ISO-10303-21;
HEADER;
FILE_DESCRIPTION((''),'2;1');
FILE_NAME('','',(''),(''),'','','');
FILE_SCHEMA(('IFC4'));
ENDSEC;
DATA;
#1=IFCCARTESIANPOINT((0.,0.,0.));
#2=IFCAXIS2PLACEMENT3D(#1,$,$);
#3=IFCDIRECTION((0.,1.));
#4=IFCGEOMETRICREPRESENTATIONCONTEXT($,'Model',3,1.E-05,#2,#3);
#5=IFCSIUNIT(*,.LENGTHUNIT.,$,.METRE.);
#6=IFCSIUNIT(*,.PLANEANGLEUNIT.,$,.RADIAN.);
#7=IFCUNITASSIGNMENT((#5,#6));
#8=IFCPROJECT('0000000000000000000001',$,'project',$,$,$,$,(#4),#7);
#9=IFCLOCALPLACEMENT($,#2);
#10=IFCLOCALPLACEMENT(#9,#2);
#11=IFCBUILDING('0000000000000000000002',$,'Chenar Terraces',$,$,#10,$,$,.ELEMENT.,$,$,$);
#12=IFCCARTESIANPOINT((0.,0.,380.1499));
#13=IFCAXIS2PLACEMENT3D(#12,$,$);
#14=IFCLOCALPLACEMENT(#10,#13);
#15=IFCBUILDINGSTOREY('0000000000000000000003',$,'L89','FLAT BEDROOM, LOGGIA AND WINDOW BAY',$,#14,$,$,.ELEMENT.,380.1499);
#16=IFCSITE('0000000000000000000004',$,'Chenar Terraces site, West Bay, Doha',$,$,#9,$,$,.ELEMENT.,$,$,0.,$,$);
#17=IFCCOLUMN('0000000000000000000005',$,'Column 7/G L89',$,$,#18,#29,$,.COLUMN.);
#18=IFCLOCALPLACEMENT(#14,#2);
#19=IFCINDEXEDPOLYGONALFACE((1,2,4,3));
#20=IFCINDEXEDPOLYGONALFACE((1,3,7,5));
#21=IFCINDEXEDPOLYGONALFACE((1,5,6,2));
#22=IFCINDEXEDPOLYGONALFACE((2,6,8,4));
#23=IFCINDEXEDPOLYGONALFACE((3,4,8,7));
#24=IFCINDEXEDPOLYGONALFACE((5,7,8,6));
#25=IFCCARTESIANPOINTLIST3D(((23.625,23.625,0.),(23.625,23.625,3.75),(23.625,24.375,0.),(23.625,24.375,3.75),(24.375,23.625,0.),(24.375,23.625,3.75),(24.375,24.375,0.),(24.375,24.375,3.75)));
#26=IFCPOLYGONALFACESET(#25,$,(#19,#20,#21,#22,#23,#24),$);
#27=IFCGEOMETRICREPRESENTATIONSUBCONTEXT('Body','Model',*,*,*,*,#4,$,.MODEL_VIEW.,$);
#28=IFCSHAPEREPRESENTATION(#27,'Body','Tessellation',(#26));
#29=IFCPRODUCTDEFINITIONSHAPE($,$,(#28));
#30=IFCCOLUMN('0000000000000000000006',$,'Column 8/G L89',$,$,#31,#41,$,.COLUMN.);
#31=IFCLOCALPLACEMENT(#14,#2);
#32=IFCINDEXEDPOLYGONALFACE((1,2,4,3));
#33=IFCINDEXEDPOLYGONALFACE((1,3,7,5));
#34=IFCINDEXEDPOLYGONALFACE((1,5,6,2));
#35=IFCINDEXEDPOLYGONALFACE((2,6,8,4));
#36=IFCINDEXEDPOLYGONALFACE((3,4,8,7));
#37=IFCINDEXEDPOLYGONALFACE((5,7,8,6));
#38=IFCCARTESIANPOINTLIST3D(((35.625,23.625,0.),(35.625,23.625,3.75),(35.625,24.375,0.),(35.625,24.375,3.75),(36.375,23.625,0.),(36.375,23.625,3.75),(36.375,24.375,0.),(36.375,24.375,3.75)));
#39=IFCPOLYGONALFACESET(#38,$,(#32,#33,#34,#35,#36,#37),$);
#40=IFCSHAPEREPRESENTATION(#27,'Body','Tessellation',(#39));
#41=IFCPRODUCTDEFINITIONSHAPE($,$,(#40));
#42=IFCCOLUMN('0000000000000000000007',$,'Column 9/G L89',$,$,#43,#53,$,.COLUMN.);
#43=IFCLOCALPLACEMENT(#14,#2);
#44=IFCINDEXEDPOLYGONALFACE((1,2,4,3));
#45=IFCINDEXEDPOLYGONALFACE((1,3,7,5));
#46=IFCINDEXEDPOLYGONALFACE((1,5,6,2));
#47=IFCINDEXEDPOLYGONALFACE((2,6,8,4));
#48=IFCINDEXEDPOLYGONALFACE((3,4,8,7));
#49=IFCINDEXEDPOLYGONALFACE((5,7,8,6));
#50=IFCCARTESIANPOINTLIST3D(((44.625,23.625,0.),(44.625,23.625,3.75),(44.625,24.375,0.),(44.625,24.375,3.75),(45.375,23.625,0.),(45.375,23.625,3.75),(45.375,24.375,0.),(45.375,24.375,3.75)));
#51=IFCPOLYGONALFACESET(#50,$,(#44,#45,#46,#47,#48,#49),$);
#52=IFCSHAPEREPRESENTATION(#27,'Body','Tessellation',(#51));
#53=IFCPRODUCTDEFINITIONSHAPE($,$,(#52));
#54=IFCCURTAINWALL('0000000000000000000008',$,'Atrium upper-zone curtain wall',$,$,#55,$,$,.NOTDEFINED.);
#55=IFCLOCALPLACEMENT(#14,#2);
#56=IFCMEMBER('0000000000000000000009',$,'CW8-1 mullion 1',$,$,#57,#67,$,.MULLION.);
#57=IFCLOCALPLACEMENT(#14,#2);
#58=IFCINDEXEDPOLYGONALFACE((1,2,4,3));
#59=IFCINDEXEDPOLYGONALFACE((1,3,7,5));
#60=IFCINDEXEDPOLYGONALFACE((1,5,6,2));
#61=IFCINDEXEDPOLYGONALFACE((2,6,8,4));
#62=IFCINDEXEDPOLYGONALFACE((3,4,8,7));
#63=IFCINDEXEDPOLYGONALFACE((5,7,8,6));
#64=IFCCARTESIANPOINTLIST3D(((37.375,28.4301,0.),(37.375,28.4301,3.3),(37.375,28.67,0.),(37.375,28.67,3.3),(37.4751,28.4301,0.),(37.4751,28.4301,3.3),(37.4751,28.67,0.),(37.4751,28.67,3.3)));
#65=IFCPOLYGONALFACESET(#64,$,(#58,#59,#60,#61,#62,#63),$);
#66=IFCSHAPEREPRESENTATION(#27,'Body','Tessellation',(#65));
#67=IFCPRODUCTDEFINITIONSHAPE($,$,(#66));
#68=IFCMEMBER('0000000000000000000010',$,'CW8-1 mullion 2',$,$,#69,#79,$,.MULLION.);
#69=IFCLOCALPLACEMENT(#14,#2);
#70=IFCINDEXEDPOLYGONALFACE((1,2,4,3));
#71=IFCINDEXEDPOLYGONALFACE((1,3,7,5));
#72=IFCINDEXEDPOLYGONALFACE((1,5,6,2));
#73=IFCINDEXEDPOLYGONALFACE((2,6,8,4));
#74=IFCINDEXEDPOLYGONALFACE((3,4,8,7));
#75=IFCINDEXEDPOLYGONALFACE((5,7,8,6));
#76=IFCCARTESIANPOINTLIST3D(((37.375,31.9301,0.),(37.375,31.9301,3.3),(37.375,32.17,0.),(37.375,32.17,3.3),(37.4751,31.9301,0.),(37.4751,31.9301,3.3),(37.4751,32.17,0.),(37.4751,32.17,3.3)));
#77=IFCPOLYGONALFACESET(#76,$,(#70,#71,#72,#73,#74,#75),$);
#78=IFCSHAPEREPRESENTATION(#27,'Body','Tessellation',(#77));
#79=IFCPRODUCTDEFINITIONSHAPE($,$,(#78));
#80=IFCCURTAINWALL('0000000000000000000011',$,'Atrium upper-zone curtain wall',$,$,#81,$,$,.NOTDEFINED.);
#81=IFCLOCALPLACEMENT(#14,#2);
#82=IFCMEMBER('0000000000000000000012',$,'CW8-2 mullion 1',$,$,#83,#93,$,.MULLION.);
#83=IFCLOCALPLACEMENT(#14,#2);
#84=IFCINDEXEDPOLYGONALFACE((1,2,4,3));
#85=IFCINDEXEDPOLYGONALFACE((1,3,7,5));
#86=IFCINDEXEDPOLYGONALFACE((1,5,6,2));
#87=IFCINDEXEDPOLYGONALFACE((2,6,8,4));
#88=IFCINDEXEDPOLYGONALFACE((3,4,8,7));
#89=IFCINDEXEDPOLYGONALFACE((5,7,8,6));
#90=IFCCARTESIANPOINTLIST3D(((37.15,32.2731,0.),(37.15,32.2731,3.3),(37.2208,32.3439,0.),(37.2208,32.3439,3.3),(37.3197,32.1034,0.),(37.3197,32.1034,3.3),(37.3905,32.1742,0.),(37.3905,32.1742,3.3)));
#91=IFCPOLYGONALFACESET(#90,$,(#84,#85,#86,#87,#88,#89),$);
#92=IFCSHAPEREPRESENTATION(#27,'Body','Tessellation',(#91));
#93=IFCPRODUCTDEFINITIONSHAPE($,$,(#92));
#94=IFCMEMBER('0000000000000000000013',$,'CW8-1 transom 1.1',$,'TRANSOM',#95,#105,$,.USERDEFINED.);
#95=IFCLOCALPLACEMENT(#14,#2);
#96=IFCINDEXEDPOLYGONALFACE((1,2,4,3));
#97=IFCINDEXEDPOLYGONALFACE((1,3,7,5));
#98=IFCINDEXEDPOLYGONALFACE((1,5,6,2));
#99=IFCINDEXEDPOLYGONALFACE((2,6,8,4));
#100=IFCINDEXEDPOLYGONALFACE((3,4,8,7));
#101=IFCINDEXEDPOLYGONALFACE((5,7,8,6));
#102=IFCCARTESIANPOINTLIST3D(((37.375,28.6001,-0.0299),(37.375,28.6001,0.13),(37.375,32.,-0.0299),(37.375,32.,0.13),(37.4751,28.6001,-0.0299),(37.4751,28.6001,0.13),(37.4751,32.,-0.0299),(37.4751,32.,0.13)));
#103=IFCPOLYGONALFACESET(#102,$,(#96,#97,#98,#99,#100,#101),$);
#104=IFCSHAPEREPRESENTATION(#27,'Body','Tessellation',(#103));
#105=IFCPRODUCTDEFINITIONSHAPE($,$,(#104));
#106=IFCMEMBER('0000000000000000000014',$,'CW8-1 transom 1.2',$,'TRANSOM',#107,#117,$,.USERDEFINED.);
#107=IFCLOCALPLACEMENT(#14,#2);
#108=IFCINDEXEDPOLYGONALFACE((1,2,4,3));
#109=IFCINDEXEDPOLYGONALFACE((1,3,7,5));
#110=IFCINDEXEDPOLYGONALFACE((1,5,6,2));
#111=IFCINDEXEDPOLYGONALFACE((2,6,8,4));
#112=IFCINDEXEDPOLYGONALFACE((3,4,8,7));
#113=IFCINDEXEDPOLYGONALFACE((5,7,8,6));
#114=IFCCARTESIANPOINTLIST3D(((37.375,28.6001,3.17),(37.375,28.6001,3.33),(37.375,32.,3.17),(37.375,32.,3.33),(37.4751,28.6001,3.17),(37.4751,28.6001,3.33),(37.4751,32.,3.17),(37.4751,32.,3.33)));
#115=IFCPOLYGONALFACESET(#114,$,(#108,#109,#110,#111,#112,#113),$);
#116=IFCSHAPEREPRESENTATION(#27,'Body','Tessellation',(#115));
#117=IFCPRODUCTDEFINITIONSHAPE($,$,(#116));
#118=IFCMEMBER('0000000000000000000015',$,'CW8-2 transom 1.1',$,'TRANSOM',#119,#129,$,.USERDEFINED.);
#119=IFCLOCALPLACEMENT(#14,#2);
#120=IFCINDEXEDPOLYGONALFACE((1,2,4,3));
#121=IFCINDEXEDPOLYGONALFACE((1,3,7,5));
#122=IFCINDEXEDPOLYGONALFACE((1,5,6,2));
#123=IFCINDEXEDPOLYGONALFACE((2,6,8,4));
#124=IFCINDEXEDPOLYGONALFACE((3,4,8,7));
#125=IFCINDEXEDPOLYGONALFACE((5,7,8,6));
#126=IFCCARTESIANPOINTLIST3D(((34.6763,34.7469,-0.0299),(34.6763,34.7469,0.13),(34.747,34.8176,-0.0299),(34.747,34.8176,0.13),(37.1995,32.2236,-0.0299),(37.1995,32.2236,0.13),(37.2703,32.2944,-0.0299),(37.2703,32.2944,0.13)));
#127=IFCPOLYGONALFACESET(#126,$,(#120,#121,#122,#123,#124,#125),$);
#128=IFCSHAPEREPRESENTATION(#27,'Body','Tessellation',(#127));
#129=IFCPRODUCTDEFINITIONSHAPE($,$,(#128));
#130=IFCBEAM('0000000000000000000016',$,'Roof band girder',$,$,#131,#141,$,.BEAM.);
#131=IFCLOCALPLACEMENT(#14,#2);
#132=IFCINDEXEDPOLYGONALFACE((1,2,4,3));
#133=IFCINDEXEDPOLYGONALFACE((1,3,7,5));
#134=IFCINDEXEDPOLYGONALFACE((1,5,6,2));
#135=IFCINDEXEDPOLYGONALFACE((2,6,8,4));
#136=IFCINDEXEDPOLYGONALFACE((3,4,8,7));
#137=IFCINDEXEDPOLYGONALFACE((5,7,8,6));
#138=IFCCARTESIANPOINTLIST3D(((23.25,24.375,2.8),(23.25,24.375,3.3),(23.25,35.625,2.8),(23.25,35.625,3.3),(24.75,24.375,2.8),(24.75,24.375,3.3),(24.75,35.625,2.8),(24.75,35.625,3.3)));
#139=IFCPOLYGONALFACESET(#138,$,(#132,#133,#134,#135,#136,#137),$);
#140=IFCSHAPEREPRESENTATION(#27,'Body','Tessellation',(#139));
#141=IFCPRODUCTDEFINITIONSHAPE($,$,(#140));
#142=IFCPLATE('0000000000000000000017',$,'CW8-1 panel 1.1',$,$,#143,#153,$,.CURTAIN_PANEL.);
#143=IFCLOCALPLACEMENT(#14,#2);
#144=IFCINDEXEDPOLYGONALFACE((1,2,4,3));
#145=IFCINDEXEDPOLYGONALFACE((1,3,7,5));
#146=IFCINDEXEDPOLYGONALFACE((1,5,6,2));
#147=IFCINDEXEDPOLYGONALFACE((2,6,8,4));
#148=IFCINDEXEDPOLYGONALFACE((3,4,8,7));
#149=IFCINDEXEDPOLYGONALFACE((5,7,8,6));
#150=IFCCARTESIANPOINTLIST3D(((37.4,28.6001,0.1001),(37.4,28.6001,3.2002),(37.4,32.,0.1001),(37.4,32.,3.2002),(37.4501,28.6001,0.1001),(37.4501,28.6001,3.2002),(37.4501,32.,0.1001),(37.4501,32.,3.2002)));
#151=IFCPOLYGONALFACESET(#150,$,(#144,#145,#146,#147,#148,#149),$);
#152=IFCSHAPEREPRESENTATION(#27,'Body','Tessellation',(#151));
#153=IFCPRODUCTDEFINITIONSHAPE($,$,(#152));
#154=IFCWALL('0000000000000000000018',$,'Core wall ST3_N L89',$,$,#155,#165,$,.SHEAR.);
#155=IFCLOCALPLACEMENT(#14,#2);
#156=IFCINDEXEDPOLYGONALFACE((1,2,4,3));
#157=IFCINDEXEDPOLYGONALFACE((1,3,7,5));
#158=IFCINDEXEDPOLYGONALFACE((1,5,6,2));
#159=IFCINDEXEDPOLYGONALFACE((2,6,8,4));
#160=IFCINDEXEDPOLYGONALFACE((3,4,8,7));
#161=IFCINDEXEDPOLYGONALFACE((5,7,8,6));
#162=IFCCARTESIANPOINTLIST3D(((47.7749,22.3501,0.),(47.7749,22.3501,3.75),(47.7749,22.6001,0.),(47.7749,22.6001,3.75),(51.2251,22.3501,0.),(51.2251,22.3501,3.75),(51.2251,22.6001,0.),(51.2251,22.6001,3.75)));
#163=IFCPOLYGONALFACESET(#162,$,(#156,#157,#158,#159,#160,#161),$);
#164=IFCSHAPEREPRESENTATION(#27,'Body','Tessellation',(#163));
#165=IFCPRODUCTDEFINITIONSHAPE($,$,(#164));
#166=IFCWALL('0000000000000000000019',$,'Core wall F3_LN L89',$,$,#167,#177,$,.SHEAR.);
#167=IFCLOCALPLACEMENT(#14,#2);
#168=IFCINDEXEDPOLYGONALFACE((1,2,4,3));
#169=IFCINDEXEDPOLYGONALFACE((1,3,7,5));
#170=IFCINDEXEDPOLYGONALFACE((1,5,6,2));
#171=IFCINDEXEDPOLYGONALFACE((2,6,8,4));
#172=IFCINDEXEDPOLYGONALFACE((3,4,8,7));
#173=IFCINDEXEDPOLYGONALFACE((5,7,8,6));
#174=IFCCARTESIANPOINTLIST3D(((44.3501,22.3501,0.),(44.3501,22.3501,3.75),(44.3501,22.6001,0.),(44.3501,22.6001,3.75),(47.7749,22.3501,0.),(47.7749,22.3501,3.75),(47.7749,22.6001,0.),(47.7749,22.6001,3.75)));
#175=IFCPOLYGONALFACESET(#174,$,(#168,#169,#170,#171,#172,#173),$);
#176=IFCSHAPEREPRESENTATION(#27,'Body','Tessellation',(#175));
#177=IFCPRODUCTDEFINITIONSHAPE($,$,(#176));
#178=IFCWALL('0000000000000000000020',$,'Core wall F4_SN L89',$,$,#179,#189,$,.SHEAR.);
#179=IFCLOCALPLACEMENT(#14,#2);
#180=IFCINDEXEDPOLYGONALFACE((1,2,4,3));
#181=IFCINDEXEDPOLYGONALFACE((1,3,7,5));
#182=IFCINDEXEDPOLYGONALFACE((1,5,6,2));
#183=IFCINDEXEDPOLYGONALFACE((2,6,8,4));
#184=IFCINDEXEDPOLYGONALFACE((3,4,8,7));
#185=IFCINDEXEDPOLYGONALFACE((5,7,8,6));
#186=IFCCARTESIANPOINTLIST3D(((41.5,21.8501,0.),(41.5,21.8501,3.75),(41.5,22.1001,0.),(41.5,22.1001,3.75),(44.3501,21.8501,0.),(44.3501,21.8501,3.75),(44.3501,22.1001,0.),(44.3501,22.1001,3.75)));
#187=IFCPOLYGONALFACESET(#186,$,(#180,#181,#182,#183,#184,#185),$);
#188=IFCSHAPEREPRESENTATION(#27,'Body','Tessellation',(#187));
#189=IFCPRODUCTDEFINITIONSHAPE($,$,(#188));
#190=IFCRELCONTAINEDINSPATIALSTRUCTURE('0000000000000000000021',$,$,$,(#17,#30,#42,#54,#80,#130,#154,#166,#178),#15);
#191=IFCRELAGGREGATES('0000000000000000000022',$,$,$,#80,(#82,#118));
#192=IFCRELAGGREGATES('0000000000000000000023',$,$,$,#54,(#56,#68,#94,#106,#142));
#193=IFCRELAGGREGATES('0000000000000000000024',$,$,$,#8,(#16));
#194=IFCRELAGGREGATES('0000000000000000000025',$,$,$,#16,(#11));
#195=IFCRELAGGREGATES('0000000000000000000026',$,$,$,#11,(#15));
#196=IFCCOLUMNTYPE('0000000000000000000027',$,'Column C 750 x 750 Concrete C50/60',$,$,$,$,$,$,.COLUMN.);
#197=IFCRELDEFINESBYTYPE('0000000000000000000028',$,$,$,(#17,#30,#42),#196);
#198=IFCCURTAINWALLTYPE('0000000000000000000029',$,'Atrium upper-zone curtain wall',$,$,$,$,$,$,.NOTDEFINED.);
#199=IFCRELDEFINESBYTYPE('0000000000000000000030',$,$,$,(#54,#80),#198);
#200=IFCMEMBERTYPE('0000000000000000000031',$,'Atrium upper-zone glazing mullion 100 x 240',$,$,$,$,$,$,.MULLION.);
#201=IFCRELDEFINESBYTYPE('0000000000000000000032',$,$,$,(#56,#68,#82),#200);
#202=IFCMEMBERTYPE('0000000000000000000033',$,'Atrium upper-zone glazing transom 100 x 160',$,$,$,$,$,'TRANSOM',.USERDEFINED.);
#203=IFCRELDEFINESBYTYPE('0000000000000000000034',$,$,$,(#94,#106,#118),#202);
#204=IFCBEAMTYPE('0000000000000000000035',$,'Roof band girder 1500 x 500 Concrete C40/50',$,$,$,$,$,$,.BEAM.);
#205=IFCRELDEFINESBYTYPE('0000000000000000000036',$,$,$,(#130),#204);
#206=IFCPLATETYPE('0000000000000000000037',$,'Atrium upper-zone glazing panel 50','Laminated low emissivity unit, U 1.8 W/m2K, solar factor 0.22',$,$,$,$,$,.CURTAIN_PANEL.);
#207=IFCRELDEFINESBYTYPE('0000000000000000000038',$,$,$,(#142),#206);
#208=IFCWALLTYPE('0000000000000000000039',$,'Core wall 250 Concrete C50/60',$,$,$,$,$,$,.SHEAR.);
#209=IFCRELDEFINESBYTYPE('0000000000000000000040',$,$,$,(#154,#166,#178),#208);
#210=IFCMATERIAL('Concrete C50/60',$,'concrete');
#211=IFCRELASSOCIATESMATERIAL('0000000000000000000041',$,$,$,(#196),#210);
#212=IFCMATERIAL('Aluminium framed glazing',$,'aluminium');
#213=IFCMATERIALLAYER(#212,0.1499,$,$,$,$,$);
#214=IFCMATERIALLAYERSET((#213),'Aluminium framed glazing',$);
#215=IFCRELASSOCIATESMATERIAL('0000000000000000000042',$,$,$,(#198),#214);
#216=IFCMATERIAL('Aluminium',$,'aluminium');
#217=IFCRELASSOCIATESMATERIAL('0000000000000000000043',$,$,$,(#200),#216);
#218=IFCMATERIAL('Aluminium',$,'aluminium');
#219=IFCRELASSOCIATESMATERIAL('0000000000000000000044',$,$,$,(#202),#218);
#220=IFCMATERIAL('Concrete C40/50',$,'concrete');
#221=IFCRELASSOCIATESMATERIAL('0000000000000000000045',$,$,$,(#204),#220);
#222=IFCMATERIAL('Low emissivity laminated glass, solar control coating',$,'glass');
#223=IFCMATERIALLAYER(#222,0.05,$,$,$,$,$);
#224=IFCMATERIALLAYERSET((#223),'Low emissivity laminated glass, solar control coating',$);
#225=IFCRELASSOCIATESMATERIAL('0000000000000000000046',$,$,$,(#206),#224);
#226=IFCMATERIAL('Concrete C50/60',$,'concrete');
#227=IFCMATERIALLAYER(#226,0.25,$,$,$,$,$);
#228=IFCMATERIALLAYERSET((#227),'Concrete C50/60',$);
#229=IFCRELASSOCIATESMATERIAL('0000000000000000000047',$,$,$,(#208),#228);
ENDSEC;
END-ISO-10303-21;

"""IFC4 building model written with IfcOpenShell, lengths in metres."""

from ifc_helpers import new_model, si_unit, direction, frame, frame_2d, origin, origin_2d, place, context, subcontext, project, spatial, rectangle, extrude, material, layer, layer_set, material_profile, profile_set, type_object, element, aggregate, save


model = new_model("IFC4")

# Units and contexts
model_context = context("Model", 3, precision=1e-05, world=origin(), true_north=direction((0.0, 1.0)))
body_context = subcontext(model_context, "Body", "Model", "MODEL_VIEW")
ifc_project = project(units=[si_unit("LENGTHUNIT", "METRE"), si_unit("PLANEANGLEUNIT", "RADIAN")], contexts=[model_context])

# Site, building, storey
site_placement = place(None, origin())
site = spatial("IfcSite", under=ifc_project, at=site_placement, Name="Chenar Terraces site, West Bay, Doha", CompositionType="ELEMENT", RefElevation=0.0)
building_placement = place(site_placement, origin())
building = spatial("IfcBuilding", under=site, at=building_placement, Name="Chenar Terraces", CompositionType="ELEMENT")
storey_placement = place(building_placement, frame((0.0, 0.0, 380.1499)))
storey = spatial("IfcBuildingStorey", under=building, at=storey_placement, Name="L89", Description="FLAT BEDROOM, LOGGIA AND WINDOW BAY", CompositionType="ELEMENT", Elevation=380.1499)

# Columns
ifc_material_1 = material(Name="Concrete C50/60", Category="concrete")
ifc_material_profile_1 = material_profile(ifc_material_1, rectangle(XDim=0.75, YDim=0.75, at=origin_2d()), Name="C 750 x 750")
ifc_profile_set_1 = profile_set([ifc_material_profile_1], Name="Concrete C50/60")
column_type = type_object("IfcColumnType", Name="Column C 750 x 750 Concrete C50/60", PredefinedType="COLUMN", material=ifc_profile_set_1)
for number, where, z_axis, x_axis, name in (
    (1, (24.0, 24.0, 0.0), (0.0, 0.0, 1.0), (1.0, 0.0, 0.0), "Column 7/G L89"),
    (2, (36.0, 24.0, 0.0), (0.0, 0.0, 1.0), (1.0, 0.0, 0.0), "Column 8/G L89"),
    (3, (45.0, 24.0, 0.0), (0.0, 0.0, 1.0), (1.0, 0.0, 0.0), "Column 9/G L89"),
):
    element("IfcColumn", number, at=place(storey_placement, frame(where, z_axis=z_axis, x_axis=x_axis)), inside=storey, type_object=column_type, Name=name, PredefinedType="COLUMN", context=body_context, shape_type="SweptSolid", body=[
        extrude(rectangle(XDim=0.75, YDim=0.75, at=origin_2d()), origin(), (0.0, 0.0, 1.0), 3.75),
    ])

# Curtain wall, members
ifc_material_2 = material(Name="Aluminium framed glazing", Category="aluminium")
ifc_layer_1 = layer(ifc_material_2, 0.1499)
ifc_layer_set_1 = layer_set([ifc_layer_1], Name="Aluminium framed glazing")
curtain_wall_type = type_object("IfcCurtainWallType", Name="Atrium upper-zone curtain wall", PredefinedType="NOTDEFINED", material=ifc_layer_set_1)
placement = place(storey_placement, origin())
curtain_wall_1 = element("IfcCurtainWall", 4, at=placement, inside=storey, type_object=curtain_wall_type, Name="Atrium upper-zone curtain wall", PredefinedType="NOTDEFINED")
ifc_material_3 = material(Name="Aluminium", Category="aluminium")
ifc_material_profile_2 = material_profile(ifc_material_3, rectangle(XDim=0.1001, YDim=0.24, at=origin_2d()), Name="Atrium upper-zone glazing mullion 100 x 240")
ifc_profile_set_2 = profile_set([ifc_material_profile_2], Name="Aluminium")
member_type_1 = type_object("IfcMemberType", Name="Atrium upper-zone glazing mullion 100 x 240", PredefinedType="MULLION", material=ifc_profile_set_2)
member_1_placement = place(storey_placement, frame((37.425, 28.55, 0.0), z_axis=(0.0, 0.0, 1.0), x_axis=(-1.0, 0.0, 0.0)))
member_1 = element("IfcMember", 5, at=member_1_placement, type_object=member_type_1, Name="CW8-1 mullion 1", PredefinedType="MULLION", context=body_context, shape_type="SweptSolid", body=[
    extrude(rectangle(XDim=0.1001, YDim=0.24, at=origin_2d()), origin(), (0.0, 0.0, 1.0), 3.3),
])
member_2_placement = place(storey_placement, frame((37.425, 32.05, 0.0), z_axis=(0.0, 0.0, 1.0), x_axis=(-1.0, 0.0, 0.0)))
member_2 = element("IfcMember", 6, at=member_2_placement, type_object=member_type_1, Name="CW8-1 mullion 2", PredefinedType="MULLION", context=body_context, shape_type="SweptSolid", body=[
    extrude(rectangle(XDim=0.1001, YDim=0.24, at=origin_2d()), origin(), (0.0, 0.0, 1.0), 3.3),
])

# Curtain wall, member
curtain_wall_2 = element("IfcCurtainWall", 7, at=placement, inside=storey, type_object=curtain_wall_type, Name="Atrium upper-zone curtain wall", PredefinedType="NOTDEFINED")
member_3_placement = place(storey_placement, frame((37.2703, 32.2236, 0.0), z_axis=(0.0, 0.0, 1.0), x_axis=(-0.707107, -0.707107, 0.0)))
member_3 = element("IfcMember", 8, at=member_3_placement, type_object=member_type_1, Name="CW8-2 mullion 1", PredefinedType="MULLION", context=body_context, shape_type="SweptSolid", body=[
    extrude(rectangle(XDim=0.1001, YDim=0.24, at=origin_2d()), origin(), (0.0, 0.0, 1.0), 3.3),
])

# Members
ifc_material_4 = material(Name="Aluminium", Category="aluminium")
ifc_material_profile_3 = material_profile(ifc_material_4, rectangle(XDim=0.1001, YDim=0.1599, at=origin_2d()), Name="Atrium upper-zone glazing transom 100 x 160")
ifc_profile_set_3 = profile_set([ifc_material_profile_3], Name="Aluminium")
member_type_2 = type_object("IfcMemberType", Name="Atrium upper-zone glazing transom 100 x 160", ElementType="TRANSOM", PredefinedType="USERDEFINED", material=ifc_profile_set_3)
member_4_placement = place(storey_placement, frame((37.425, 28.6001, 0.05), z_axis=(0.0, 1.0, 0.0), x_axis=(-1.0, 0.0, 0.0)))
member_4 = element("IfcMember", 9, at=member_4_placement, type_object=member_type_2, Name="CW8-1 transom 1.1", ObjectType="TRANSOM", PredefinedType="USERDEFINED", context=body_context, shape_type="SweptSolid", body=[
    extrude(rectangle(XDim=0.1001, YDim=0.1599, at=origin_2d()), origin(), (0.0, 0.0, 1.0), 3.3999),
])
member_5_placement = place(storey_placement, frame((37.425, 28.6001, 3.25), z_axis=(0.0, 1.0, 0.0), x_axis=(-1.0, 0.0, 0.0)))
member_5 = element("IfcMember", 10, at=member_5_placement, type_object=member_type_2, Name="CW8-1 transom 1.2", ObjectType="TRANSOM", PredefinedType="USERDEFINED", context=body_context, shape_type="SweptSolid", body=[
    extrude(rectangle(XDim=0.1001, YDim=0.1599, at=origin_2d()), origin(), (0.0, 0.0, 1.0), 3.3999),
])
member_6_placement = place(storey_placement, frame((37.2349, 32.259, 0.05), z_axis=(-0.707107, 0.707107, 0.0), x_axis=(-0.707107, -0.707107, 0.0)))
member_6 = element("IfcMember", 11, at=member_6_placement, type_object=member_type_2, Name="CW8-2 transom 1.1", ObjectType="TRANSOM", PredefinedType="USERDEFINED", context=body_context, shape_type="SweptSolid", body=[
    extrude(rectangle(XDim=0.1001, YDim=0.1599, at=origin_2d()), origin(), (0.0, 0.0, 1.0), 3.5684),
])
aggregate(curtain_wall_2, [member_3, member_6])

# Beam
ifc_material_5 = material(Name="Concrete C40/50", Category="concrete")
ifc_material_profile_4 = material_profile(ifc_material_5, rectangle(XDim=1.5, YDim=0.5, at=origin_2d()), Name="RC 1500 x 500")
ifc_profile_set_4 = profile_set([ifc_material_profile_4], Name="Concrete C40/50")
beam_type = type_object("IfcBeamType", Name="Roof band girder 1500 x 500 Concrete C40/50", PredefinedType="BEAM", material=ifc_profile_set_4)
beam_placement = place(storey_placement, frame((24.0, 24.375, 3.05), z_axis=(0.0, 1.0, 0.0), x_axis=(-1.0, 0.0, 0.0)))
element("IfcBeam", 12, at=beam_placement, inside=storey, type_object=beam_type, Name="Roof band girder", PredefinedType="BEAM", context=body_context, shape_type="SweptSolid", body=[
    extrude(rectangle(XDim=1.5, YDim=0.5, at=origin_2d()), origin(), (0.0, 0.0, 1.0), 11.25),
])

# Plate
ifc_material_6 = material(Name="Low emissivity laminated glass, solar control coating", Category="glass")
ifc_layer_2 = layer(ifc_material_6, 0.05)
ifc_layer_set_2 = layer_set([ifc_layer_2], Name="Low emissivity laminated glass, solar control coating")
plate_type = type_object("IfcPlateType", Name="Atrium upper-zone glazing panel 50", Description="Laminated low emissivity unit, U 1.8 W/m2K, solar factor 0.22", PredefinedType="CURTAIN_PANEL", material=ifc_layer_set_2)
plate_placement = place(storey_placement, frame((37.425, 30.3, 0.1001), z_axis=(0.0, 0.0, 1.0), x_axis=(0.0, 1.0, 0.0)))
plate = element("IfcPlate", 13, at=plate_placement, type_object=plate_type, Name="CW8-1 panel 1.1", PredefinedType="CURTAIN_PANEL", context=body_context, shape_type="SweptSolid", body=[
    extrude(rectangle(XDim=3.3999, YDim=0.05, at=origin_2d()), origin(), (0.0, 0.0, 1.0), 3.1001),
])
aggregate(curtain_wall_1, [member_1, member_2, member_4, member_5, plate])

# Walls
ifc_material_7 = material(Name="Concrete C50/60", Category="concrete")
ifc_layer_3 = layer(ifc_material_7, 0.25)
ifc_layer_set_3 = layer_set([ifc_layer_3], Name="Concrete C50/60")
wall_type_1 = type_object("IfcWallType", Name="Core wall 250 Concrete C50/60", PredefinedType="SHEAR", material=ifc_layer_set_3)
wall_1_placement = place(storey_placement, frame((47.7749, 22.4751, 0.0), z_axis=(0.0, 0.0, 1.0), x_axis=(1.0, 0.0, 0.0)))
element("IfcWall", 14, at=wall_1_placement, inside=storey, type_object=wall_type_1, Name="Core wall ST3_N L89", PredefinedType="SHEAR", context=body_context, shape_type="SweptSolid", body=[
    extrude(rectangle(XDim=3.4502, YDim=0.25, at=frame_2d((1.7251, 0.0))), origin(), (0.0, 0.0, 1.0), 3.75),
])
wall_2_placement = place(storey_placement, frame((44.3501, 22.4751, 0.0), z_axis=(0.0, 0.0, 1.0), x_axis=(1.0, 0.0, 0.0)))
element("IfcWall", 15, at=wall_2_placement, inside=storey, type_object=wall_type_1, Name="Core wall F3_LN L89", PredefinedType="SHEAR", context=body_context, shape_type="SweptSolid", body=[
    extrude(rectangle(XDim=3.4248, YDim=0.25, at=frame_2d((1.7124, 0.0))), origin(), (0.0, 0.0, 1.0), 3.75),
])
wall_3_placement = place(storey_placement, frame((41.5, 21.9751, 0.0), z_axis=(0.0, 0.0, 1.0), x_axis=(1.0, 0.0, 0.0)))
element("IfcWall", 16, at=wall_3_placement, inside=storey, type_object=wall_type_1, Name="Core wall F4_SN L89", PredefinedType="SHEAR", context=body_context, shape_type="SweptSolid", body=[
    extrude(rectangle(XDim=2.8501, YDim=0.25, at=frame_2d((1.425, 0.0))), origin(), (0.0, 0.0, 1.0), 3.75),
])

save(model, "model.ifc")
